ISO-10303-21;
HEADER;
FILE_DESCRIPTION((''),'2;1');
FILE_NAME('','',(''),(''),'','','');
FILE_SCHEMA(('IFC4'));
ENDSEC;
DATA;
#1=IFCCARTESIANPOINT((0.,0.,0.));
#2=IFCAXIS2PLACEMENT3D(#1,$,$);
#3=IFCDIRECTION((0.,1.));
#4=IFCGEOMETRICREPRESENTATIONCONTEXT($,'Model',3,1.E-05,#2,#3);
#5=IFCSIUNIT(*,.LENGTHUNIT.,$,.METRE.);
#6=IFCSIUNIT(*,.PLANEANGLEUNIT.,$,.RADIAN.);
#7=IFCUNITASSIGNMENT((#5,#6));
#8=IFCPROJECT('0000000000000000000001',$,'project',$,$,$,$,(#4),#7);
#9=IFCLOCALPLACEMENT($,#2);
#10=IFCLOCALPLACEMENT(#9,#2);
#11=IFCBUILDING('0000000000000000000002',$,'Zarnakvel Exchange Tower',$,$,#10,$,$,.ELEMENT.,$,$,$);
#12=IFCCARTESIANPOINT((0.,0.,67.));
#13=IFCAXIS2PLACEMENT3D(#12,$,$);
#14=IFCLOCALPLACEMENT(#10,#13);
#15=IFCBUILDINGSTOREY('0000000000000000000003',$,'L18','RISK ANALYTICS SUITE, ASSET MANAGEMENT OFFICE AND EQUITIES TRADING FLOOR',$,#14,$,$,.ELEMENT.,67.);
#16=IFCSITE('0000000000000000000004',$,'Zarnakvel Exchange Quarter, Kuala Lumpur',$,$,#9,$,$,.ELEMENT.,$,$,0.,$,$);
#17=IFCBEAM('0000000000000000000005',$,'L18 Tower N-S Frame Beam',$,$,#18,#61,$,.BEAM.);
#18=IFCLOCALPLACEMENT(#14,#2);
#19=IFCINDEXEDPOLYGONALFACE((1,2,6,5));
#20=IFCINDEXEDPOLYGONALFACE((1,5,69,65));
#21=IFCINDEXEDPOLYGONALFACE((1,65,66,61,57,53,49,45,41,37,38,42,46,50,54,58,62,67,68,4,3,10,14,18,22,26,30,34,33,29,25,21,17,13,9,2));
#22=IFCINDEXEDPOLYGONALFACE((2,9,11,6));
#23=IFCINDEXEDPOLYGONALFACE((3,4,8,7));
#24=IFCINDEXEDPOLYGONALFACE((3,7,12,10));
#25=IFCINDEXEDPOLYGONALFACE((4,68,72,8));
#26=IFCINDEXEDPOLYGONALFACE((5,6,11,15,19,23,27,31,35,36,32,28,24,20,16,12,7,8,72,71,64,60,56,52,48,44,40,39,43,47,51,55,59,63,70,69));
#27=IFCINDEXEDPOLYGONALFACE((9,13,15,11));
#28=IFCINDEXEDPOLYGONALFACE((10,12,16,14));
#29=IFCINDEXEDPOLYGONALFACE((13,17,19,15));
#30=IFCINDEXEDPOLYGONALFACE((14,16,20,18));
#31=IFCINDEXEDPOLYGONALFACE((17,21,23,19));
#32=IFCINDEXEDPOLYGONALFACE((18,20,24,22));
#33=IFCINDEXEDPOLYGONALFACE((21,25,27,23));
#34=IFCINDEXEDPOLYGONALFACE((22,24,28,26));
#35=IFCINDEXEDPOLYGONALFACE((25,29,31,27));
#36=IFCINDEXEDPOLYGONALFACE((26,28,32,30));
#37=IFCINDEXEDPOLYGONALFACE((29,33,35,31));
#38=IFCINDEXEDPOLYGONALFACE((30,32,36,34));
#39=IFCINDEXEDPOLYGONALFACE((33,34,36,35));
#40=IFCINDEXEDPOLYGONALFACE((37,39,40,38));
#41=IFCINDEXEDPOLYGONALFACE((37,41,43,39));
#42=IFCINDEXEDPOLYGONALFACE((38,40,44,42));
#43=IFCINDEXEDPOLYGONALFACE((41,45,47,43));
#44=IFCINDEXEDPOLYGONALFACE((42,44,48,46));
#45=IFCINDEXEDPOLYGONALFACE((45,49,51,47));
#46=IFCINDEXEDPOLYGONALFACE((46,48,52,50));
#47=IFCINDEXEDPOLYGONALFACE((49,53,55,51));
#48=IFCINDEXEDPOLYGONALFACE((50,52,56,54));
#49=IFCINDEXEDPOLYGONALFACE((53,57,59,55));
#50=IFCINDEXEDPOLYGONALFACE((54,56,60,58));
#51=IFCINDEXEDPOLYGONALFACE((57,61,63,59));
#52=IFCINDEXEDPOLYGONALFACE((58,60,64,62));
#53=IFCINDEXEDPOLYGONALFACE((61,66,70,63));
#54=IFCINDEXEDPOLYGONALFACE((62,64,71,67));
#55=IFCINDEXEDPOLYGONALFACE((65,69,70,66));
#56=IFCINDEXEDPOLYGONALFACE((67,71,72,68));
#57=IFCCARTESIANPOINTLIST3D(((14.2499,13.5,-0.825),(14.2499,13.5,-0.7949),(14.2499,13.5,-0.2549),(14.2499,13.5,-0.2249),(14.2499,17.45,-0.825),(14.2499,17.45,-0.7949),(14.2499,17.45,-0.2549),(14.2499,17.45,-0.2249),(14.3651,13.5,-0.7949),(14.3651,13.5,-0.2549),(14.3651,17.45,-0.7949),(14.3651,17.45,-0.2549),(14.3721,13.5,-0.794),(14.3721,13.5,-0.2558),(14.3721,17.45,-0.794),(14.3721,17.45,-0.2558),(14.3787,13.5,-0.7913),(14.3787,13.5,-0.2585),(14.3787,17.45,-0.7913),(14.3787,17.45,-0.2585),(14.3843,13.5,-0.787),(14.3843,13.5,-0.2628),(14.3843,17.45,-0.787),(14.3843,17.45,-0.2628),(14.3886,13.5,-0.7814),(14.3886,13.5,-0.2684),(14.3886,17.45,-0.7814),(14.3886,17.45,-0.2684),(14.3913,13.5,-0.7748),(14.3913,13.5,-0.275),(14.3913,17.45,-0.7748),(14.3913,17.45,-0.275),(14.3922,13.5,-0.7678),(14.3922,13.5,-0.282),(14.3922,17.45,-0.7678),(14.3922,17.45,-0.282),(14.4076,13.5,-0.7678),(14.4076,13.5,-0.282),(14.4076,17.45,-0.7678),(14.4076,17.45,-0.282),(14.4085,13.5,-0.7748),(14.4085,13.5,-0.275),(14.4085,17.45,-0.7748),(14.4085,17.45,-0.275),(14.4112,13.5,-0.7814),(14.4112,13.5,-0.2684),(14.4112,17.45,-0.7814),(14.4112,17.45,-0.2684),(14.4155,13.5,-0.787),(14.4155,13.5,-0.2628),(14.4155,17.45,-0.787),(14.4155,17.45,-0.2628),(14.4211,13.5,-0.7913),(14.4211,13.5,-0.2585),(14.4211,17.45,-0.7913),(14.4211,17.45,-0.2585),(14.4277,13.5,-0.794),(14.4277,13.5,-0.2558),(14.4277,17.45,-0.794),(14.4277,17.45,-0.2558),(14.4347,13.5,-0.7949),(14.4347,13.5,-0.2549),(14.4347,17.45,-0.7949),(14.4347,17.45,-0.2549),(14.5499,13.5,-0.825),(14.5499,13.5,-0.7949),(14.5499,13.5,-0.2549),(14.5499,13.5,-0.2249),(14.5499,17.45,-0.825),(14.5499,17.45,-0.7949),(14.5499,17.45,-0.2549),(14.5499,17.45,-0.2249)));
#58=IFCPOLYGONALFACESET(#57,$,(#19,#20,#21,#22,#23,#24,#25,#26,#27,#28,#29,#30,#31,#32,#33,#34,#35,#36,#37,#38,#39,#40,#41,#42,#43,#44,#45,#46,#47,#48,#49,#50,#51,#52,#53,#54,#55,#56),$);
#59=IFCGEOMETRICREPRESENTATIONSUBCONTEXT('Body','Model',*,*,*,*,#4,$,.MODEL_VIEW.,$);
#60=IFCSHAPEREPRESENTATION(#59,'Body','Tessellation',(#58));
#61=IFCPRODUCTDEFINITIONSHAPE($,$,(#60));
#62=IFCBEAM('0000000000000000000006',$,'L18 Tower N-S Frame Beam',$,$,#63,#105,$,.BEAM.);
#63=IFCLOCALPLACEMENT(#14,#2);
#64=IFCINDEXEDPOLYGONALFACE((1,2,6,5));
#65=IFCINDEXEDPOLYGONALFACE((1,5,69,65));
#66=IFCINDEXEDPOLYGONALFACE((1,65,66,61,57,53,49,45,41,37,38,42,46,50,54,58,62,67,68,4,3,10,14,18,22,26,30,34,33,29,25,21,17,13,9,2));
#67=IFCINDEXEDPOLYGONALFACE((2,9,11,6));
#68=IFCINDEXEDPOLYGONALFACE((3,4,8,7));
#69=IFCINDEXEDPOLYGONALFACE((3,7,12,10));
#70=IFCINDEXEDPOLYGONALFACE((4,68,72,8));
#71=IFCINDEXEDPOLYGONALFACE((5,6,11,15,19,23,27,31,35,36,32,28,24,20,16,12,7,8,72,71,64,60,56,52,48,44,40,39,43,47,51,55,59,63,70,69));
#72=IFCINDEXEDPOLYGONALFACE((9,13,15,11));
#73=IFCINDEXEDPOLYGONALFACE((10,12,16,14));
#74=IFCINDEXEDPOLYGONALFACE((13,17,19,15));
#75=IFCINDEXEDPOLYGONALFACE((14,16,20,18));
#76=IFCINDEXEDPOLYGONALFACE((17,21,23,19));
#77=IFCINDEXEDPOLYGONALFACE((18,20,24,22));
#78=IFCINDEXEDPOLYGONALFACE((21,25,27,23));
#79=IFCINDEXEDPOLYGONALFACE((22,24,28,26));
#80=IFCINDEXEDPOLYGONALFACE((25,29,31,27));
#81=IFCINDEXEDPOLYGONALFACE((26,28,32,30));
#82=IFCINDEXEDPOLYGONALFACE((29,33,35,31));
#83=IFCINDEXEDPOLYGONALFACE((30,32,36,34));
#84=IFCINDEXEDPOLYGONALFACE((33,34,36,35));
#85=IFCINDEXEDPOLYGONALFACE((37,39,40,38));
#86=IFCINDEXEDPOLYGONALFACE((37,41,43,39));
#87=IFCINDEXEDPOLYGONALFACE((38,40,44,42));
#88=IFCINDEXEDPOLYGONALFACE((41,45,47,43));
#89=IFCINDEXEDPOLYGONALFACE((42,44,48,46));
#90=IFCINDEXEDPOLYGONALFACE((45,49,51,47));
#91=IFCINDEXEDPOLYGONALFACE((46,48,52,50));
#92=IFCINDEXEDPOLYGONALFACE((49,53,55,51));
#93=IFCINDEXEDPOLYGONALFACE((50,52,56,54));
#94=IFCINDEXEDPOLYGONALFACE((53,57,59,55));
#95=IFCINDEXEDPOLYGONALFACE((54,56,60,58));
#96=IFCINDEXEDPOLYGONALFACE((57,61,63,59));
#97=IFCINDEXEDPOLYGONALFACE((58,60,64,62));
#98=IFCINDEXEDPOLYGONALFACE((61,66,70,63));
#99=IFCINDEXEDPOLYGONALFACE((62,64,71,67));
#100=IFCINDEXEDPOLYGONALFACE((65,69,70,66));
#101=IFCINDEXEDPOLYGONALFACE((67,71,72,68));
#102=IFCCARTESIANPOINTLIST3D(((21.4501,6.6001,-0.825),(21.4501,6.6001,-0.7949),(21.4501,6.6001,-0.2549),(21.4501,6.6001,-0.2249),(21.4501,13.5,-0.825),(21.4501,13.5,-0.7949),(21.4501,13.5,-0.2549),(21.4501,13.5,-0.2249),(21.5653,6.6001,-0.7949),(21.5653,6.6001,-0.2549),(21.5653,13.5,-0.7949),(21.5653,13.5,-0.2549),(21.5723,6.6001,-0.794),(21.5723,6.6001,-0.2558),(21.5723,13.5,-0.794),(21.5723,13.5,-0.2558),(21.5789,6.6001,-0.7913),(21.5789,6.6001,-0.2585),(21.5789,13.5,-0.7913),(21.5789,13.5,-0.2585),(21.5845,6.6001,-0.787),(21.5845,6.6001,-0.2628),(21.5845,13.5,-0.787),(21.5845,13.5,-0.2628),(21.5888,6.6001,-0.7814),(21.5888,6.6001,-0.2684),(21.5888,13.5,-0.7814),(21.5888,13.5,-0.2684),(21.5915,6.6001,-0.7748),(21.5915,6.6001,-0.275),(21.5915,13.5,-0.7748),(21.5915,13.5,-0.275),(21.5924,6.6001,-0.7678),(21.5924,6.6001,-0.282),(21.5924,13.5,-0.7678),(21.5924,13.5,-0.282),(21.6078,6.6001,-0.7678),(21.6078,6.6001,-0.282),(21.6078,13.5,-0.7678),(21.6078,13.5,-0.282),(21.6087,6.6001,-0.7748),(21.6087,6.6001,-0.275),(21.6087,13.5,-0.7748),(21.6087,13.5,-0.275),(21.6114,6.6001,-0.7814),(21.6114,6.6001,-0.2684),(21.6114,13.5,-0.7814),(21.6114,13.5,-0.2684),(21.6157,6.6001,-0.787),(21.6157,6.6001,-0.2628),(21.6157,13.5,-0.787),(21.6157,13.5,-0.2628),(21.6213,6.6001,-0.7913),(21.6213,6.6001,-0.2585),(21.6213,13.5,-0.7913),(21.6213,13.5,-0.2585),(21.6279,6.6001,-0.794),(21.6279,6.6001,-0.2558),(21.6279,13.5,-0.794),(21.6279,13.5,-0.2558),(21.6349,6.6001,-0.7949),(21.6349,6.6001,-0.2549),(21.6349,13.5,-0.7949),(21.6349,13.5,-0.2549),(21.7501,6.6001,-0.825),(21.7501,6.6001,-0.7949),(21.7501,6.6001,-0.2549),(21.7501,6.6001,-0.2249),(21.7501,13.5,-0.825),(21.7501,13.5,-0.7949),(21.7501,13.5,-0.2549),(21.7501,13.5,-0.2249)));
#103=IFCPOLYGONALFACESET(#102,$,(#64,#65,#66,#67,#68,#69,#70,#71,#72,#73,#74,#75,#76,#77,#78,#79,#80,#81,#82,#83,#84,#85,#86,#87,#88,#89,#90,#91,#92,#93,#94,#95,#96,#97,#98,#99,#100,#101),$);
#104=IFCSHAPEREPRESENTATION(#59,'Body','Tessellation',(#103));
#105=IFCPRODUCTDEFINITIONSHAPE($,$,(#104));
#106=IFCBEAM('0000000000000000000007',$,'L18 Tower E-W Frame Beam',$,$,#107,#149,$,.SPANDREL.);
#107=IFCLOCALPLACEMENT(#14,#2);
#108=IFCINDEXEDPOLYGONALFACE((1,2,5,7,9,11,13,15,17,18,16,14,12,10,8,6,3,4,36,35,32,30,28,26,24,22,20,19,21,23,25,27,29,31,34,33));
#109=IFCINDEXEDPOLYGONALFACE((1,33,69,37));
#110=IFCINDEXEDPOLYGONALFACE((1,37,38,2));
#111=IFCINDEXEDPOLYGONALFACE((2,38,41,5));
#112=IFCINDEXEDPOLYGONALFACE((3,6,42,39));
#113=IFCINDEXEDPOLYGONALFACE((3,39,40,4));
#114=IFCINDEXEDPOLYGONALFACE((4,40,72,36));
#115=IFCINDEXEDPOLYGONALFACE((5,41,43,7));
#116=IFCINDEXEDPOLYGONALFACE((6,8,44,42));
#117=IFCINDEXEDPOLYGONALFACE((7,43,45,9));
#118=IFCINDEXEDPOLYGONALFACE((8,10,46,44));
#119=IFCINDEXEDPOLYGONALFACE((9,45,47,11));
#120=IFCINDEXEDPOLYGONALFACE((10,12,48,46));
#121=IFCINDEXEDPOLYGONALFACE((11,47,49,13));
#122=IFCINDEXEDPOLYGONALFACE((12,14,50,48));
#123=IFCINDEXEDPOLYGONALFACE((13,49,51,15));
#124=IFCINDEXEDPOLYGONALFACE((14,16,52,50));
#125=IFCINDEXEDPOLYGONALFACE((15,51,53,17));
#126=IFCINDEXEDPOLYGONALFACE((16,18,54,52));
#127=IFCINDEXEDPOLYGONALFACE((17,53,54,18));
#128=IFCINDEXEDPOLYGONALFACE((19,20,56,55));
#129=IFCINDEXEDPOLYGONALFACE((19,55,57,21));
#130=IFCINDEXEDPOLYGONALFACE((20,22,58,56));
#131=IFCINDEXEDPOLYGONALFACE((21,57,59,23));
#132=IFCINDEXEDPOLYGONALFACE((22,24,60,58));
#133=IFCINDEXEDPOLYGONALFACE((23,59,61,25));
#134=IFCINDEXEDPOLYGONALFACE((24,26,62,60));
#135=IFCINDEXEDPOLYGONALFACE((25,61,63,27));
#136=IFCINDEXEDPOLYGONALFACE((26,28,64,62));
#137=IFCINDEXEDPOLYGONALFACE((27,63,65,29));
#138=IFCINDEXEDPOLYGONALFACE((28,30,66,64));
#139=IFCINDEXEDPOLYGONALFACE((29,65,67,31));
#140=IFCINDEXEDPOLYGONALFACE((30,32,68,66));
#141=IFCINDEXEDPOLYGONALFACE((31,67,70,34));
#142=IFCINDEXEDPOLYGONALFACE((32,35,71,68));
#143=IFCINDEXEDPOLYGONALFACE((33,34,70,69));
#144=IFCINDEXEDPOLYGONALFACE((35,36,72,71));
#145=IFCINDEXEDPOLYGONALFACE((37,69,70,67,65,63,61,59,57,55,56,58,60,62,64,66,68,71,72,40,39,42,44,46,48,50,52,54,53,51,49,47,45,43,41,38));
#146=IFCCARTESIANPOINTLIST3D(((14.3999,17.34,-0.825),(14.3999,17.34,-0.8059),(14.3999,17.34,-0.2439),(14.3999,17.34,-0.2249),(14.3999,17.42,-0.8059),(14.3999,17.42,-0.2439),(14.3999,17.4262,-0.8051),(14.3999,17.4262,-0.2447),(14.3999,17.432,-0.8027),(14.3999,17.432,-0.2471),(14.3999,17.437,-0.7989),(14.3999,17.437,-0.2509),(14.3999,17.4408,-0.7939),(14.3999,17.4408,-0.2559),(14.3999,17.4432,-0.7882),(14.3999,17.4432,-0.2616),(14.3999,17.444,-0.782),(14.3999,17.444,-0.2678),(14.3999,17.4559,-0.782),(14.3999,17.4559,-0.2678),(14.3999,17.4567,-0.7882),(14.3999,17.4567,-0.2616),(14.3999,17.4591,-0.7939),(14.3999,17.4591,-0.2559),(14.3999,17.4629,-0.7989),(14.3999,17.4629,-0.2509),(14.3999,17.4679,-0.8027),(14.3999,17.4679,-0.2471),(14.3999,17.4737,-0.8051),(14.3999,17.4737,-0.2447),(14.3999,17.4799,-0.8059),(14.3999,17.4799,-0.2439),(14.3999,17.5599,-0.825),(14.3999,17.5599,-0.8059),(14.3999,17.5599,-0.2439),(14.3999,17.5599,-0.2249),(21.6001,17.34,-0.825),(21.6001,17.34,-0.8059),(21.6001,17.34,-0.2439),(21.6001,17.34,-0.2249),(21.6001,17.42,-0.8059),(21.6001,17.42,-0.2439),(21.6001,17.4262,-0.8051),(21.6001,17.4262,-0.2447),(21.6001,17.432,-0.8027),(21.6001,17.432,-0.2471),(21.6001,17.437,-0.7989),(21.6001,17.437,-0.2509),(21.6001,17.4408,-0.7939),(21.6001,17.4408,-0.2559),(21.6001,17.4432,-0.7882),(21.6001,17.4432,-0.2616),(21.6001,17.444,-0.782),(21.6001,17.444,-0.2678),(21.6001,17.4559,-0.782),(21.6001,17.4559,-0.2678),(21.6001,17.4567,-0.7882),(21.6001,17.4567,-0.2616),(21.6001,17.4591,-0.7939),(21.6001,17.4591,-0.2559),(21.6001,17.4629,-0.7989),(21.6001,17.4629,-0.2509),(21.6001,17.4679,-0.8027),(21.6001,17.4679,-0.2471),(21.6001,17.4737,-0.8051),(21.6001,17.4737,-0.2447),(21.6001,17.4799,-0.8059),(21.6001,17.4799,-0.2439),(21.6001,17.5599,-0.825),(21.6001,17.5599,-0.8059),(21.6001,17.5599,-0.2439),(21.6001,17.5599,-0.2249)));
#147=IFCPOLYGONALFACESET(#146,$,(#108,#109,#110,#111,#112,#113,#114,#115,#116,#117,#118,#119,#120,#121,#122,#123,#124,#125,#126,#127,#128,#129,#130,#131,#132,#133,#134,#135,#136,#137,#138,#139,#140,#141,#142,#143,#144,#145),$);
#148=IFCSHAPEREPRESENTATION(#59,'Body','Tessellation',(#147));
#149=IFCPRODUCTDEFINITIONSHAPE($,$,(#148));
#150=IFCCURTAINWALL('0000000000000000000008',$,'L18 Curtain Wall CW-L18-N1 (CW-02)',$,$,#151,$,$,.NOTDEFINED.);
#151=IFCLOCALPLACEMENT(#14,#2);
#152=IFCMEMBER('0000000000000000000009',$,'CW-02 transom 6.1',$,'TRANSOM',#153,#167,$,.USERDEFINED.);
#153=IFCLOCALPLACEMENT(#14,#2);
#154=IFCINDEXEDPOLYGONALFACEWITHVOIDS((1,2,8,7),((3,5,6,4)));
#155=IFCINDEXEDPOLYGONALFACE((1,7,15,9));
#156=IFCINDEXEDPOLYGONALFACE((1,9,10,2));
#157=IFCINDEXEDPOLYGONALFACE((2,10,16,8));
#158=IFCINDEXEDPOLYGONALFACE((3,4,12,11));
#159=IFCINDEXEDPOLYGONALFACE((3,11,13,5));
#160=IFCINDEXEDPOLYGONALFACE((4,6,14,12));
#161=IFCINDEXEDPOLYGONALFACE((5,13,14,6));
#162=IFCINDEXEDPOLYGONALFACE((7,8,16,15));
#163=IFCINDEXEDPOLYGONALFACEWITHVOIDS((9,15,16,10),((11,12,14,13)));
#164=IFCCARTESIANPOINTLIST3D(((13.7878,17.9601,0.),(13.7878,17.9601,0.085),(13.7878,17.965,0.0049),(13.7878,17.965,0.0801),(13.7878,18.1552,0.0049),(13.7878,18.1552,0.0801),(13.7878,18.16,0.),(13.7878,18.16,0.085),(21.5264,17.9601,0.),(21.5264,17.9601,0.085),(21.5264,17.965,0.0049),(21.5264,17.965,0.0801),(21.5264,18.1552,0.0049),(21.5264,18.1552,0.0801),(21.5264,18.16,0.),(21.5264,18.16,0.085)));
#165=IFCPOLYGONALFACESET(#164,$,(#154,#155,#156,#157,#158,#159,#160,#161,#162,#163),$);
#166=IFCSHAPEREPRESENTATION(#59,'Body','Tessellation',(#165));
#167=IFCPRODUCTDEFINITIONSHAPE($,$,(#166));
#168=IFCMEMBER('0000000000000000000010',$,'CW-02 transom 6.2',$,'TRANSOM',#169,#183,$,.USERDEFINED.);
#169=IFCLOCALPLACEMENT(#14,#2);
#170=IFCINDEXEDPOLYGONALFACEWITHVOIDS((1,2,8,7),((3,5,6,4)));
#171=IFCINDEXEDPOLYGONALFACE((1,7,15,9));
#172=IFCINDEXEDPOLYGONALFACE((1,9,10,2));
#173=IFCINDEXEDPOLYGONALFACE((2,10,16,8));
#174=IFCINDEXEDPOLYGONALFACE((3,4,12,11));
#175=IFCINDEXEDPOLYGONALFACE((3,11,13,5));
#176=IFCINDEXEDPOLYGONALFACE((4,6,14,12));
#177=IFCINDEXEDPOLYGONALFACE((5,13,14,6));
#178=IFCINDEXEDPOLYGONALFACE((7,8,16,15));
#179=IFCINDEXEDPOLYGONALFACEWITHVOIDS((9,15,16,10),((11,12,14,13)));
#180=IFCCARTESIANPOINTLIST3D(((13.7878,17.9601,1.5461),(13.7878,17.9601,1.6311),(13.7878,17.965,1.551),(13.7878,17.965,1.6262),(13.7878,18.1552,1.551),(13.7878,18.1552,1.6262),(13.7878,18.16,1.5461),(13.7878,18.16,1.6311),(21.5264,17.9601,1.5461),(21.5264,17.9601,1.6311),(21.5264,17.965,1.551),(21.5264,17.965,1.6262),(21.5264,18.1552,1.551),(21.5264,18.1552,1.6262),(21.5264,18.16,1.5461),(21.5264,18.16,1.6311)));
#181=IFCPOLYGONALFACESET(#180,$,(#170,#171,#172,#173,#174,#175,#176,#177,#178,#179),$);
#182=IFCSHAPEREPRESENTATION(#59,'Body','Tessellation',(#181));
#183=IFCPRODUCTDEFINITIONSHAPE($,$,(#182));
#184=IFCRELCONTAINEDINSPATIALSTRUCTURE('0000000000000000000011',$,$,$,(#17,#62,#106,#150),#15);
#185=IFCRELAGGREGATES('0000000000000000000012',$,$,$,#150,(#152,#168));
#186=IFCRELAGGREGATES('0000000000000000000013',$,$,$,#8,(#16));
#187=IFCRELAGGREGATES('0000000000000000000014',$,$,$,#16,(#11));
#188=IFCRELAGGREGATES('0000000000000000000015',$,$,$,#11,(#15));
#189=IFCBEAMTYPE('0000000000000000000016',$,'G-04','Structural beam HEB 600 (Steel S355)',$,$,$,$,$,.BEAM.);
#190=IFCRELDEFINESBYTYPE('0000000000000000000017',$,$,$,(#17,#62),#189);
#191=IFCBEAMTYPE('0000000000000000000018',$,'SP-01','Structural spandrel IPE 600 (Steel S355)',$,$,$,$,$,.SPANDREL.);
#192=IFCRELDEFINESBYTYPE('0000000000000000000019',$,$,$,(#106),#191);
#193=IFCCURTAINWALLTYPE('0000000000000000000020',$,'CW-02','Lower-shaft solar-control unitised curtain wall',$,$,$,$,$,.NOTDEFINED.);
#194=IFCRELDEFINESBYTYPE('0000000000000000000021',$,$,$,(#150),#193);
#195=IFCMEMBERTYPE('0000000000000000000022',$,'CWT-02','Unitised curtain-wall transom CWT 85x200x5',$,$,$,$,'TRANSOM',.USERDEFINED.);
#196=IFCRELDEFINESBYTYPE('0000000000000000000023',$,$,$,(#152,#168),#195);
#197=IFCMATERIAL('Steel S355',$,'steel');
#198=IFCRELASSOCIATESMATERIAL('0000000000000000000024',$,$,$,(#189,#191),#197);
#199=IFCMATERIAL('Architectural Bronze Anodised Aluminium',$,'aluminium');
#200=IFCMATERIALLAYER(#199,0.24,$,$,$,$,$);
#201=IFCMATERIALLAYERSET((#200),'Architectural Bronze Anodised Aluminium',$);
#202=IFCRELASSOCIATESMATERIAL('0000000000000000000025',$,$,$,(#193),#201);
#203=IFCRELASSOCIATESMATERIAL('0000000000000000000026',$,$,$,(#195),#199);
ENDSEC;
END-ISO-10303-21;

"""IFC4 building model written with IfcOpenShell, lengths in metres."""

from ifc_helpers import new_model, si_unit, direction, frame, origin, origin_2d, place, context, subcontext, project, spatial, hollow_rectangle, i_section, extrude, source, transform, mapped, material, layer, layer_set, material_profile, profile_set, type_object, element, aggregate, save


model = new_model("IFC4")

# Units and contexts
model_context = context("Model", 3, precision=1e-05, world=origin(), true_north=direction((0.0, 1.0)))
body_context = subcontext(model_context, "Body", "Model", "MODEL_VIEW")
ifc_project = project(units=[si_unit("LENGTHUNIT", "METRE"), si_unit("PLANEANGLEUNIT", "RADIAN")], contexts=[model_context])

# Site, building, storey
site_placement = place(None, origin())
site = spatial("IfcSite", under=ifc_project, at=site_placement, Name="Zarnakvel Exchange Quarter, Kuala Lumpur", CompositionType="ELEMENT", RefElevation=0.0)
building_placement = place(site_placement, origin())
building = spatial("IfcBuilding", under=site, at=building_placement, Name="Zarnakvel Exchange Tower", CompositionType="ELEMENT")
storey_placement = place(building_placement, frame((0.0, 0.0, 67.0)))
storey = spatial("IfcBuildingStorey", under=building, at=storey_placement, Name="L18", Description="RISK ANALYTICS SUITE, ASSET MANAGEMENT OFFICE AND EQUITIES TRADING FLOOR", CompositionType="ELEMENT", Elevation=67.0)

# Beams
ifc_material_1 = material(Name="Steel S355", Category="steel")
ifc_material_profile_1 = material_profile(ifc_material_1, i_section(OverallWidth=0.3, OverallDepth=0.6001, WebThickness=0.0154, FlangeThickness=0.03, FilletRadius=0.0271, at=origin_2d()))
ifc_profile_set_1 = profile_set([ifc_material_profile_1], Name="Steel S355")
beam_type_1 = type_object("IfcBeamType", Name="G-04", Description="Structural beam HEB 600 (Steel S355)", PredefinedType="BEAM", material=ifc_profile_set_1)
beam_1_placement = place(storey_placement, frame((14.3999, 13.5, -0.5249), z_axis=(0.0, 1.0, 0.0), x_axis=(-1.0, 0.0, 0.0)))
element("IfcBeam", 1, at=beam_1_placement, inside=storey, type_object=beam_type_1, Name="L18 Tower N-S Frame Beam", PredefinedType="BEAM", context=body_context, shape_type="SweptSolid", body=[
    extrude(i_section(OverallWidth=0.3, OverallDepth=0.6001, WebThickness=0.0154, FlangeThickness=0.03, FilletRadius=0.0271, at=origin_2d()), origin(), (0.0, 0.0, 1.0), 3.95),
])
beam_2_placement = place(storey_placement, frame((21.6001, 6.6001, -0.5249), z_axis=(0.0, 1.0, 0.0), x_axis=(-1.0, 0.0, 0.0)))
element("IfcBeam", 2, at=beam_2_placement, inside=storey, type_object=beam_type_1, Name="L18 Tower N-S Frame Beam", PredefinedType="BEAM", context=body_context, shape_type="SweptSolid", body=[
    extrude(i_section(OverallWidth=0.3, OverallDepth=0.6001, WebThickness=0.0154, FlangeThickness=0.03, FilletRadius=0.0271, at=origin_2d()), origin(), (0.0, 0.0, 1.0), 6.8999),
])
ifc_material_profile_2 = material_profile(ifc_material_1, i_section(OverallWidth=0.22, OverallDepth=0.6001, WebThickness=0.012, FlangeThickness=0.019, FilletRadius=0.0239, at=origin_2d()))
ifc_profile_set_2 = profile_set([ifc_material_profile_2], Name="Steel S355")
beam_type_2 = type_object("IfcBeamType", Name="SP-01", Description="Structural spandrel IPE 600 (Steel S355)", PredefinedType="SPANDREL", material=ifc_profile_set_2)
beam_3_placement = place(storey_placement, frame((14.3999, 17.45, -0.5249), z_axis=(1.0, 0.0, 0.0), x_axis=(0.0, 1.0, 0.0)))
element("IfcBeam", 3, at=beam_3_placement, inside=storey, type_object=beam_type_2, Name="L18 Tower E-W Frame Beam", PredefinedType="SPANDREL", context=body_context, shape_type="SweptSolid", body=[
    extrude(i_section(OverallWidth=0.22, OverallDepth=0.6001, WebThickness=0.012, FlangeThickness=0.019, FilletRadius=0.0239, at=origin_2d()), origin(), (0.0, 0.0, 1.0), 7.2002),
])

# Curtain wall, members
ifc_material_2 = material(Name="Architectural Bronze Anodised Aluminium", Category="aluminium")
ifc_layer_1 = layer(ifc_material_2, 0.24)
ifc_layer_set_1 = layer_set([ifc_layer_1], Name="Architectural Bronze Anodised Aluminium")
curtain_wall_type = type_object("IfcCurtainWallType", Name="CW-02", Description="Lower-shaft solar-control unitised curtain wall", PredefinedType="NOTDEFINED", material=ifc_layer_set_1)
curtain_wall_placement = place(storey_placement, origin())
curtain_wall = element("IfcCurtainWall", 4, at=curtain_wall_placement, inside=storey, type_object=curtain_wall_type, Name="L18 Curtain Wall CW-L18-N1 (CW-02)", PredefinedType="NOTDEFINED")
ifc_material_profile_3 = material_profile(ifc_material_2, hollow_rectangle(XDim=0.2, YDim=0.085, WallThickness=0.0049, at=origin_2d()))
ifc_profile_set_3 = profile_set([ifc_material_profile_3], Name="Architectural Bronze Anodised Aluminium")
member_type_1 = type_object("IfcMemberType", Name="CWT-02", Description="Unitised curtain-wall transom CWT 85x200x5", ElementType="TRANSOM", PredefinedType="USERDEFINED", material=ifc_profile_set_3)
shared_shape_1 = source(origin(), body_context, "Body", "SweptSolid", [
    extrude(hollow_rectangle(XDim=0.2, YDim=0.085, WallThickness=0.0049, at=origin_2d()), origin(), (0.0, 0.0, 1.0), 7.7385),
])
member_1_placement = place(storey_placement, frame((13.7878, 18.0601, 0.0425), z_axis=(1.0, 0.0, 0.0), x_axis=(0.0, 1.0, 0.0)))
member_1 = element("IfcMember", 5, at=member_1_placement, type_object=member_type_1, Name="CW-02 transom 6.1", ObjectType="TRANSOM", PredefinedType="USERDEFINED", context=body_context, shape_type="MappedRepresentation", body=[
    mapped(shared_shape_1, transform((0.0, 0.0, 0.0), x_axis=(1.0, 0.0, 0.0), y_axis=(0.0, 1.0, 0.0), z_axis=(0.0, 0.0, 1.0), scale=1.0)),
])
member_2_placement = place(storey_placement, frame((13.7878, 18.0601, 1.5886), z_axis=(1.0, 0.0, 0.0), x_axis=(0.0, 1.0, 0.0)))
member_2 = element("IfcMember", 6, at=member_2_placement, type_object=member_type_1, Name="CW-02 transom 6.2", ObjectType="TRANSOM", PredefinedType="USERDEFINED", context=body_context, shape_type="MappedRepresentation", body=[
    mapped(shared_shape_1, transform((0.0, 0.0, 0.0), x_axis=(1.0, 0.0, 0.0), y_axis=(0.0, 1.0, 0.0), z_axis=(0.0, 0.0, 1.0), scale=1.0)),
])
aggregate(curtain_wall, [member_1, member_2])

save(model, "model.ifc")
